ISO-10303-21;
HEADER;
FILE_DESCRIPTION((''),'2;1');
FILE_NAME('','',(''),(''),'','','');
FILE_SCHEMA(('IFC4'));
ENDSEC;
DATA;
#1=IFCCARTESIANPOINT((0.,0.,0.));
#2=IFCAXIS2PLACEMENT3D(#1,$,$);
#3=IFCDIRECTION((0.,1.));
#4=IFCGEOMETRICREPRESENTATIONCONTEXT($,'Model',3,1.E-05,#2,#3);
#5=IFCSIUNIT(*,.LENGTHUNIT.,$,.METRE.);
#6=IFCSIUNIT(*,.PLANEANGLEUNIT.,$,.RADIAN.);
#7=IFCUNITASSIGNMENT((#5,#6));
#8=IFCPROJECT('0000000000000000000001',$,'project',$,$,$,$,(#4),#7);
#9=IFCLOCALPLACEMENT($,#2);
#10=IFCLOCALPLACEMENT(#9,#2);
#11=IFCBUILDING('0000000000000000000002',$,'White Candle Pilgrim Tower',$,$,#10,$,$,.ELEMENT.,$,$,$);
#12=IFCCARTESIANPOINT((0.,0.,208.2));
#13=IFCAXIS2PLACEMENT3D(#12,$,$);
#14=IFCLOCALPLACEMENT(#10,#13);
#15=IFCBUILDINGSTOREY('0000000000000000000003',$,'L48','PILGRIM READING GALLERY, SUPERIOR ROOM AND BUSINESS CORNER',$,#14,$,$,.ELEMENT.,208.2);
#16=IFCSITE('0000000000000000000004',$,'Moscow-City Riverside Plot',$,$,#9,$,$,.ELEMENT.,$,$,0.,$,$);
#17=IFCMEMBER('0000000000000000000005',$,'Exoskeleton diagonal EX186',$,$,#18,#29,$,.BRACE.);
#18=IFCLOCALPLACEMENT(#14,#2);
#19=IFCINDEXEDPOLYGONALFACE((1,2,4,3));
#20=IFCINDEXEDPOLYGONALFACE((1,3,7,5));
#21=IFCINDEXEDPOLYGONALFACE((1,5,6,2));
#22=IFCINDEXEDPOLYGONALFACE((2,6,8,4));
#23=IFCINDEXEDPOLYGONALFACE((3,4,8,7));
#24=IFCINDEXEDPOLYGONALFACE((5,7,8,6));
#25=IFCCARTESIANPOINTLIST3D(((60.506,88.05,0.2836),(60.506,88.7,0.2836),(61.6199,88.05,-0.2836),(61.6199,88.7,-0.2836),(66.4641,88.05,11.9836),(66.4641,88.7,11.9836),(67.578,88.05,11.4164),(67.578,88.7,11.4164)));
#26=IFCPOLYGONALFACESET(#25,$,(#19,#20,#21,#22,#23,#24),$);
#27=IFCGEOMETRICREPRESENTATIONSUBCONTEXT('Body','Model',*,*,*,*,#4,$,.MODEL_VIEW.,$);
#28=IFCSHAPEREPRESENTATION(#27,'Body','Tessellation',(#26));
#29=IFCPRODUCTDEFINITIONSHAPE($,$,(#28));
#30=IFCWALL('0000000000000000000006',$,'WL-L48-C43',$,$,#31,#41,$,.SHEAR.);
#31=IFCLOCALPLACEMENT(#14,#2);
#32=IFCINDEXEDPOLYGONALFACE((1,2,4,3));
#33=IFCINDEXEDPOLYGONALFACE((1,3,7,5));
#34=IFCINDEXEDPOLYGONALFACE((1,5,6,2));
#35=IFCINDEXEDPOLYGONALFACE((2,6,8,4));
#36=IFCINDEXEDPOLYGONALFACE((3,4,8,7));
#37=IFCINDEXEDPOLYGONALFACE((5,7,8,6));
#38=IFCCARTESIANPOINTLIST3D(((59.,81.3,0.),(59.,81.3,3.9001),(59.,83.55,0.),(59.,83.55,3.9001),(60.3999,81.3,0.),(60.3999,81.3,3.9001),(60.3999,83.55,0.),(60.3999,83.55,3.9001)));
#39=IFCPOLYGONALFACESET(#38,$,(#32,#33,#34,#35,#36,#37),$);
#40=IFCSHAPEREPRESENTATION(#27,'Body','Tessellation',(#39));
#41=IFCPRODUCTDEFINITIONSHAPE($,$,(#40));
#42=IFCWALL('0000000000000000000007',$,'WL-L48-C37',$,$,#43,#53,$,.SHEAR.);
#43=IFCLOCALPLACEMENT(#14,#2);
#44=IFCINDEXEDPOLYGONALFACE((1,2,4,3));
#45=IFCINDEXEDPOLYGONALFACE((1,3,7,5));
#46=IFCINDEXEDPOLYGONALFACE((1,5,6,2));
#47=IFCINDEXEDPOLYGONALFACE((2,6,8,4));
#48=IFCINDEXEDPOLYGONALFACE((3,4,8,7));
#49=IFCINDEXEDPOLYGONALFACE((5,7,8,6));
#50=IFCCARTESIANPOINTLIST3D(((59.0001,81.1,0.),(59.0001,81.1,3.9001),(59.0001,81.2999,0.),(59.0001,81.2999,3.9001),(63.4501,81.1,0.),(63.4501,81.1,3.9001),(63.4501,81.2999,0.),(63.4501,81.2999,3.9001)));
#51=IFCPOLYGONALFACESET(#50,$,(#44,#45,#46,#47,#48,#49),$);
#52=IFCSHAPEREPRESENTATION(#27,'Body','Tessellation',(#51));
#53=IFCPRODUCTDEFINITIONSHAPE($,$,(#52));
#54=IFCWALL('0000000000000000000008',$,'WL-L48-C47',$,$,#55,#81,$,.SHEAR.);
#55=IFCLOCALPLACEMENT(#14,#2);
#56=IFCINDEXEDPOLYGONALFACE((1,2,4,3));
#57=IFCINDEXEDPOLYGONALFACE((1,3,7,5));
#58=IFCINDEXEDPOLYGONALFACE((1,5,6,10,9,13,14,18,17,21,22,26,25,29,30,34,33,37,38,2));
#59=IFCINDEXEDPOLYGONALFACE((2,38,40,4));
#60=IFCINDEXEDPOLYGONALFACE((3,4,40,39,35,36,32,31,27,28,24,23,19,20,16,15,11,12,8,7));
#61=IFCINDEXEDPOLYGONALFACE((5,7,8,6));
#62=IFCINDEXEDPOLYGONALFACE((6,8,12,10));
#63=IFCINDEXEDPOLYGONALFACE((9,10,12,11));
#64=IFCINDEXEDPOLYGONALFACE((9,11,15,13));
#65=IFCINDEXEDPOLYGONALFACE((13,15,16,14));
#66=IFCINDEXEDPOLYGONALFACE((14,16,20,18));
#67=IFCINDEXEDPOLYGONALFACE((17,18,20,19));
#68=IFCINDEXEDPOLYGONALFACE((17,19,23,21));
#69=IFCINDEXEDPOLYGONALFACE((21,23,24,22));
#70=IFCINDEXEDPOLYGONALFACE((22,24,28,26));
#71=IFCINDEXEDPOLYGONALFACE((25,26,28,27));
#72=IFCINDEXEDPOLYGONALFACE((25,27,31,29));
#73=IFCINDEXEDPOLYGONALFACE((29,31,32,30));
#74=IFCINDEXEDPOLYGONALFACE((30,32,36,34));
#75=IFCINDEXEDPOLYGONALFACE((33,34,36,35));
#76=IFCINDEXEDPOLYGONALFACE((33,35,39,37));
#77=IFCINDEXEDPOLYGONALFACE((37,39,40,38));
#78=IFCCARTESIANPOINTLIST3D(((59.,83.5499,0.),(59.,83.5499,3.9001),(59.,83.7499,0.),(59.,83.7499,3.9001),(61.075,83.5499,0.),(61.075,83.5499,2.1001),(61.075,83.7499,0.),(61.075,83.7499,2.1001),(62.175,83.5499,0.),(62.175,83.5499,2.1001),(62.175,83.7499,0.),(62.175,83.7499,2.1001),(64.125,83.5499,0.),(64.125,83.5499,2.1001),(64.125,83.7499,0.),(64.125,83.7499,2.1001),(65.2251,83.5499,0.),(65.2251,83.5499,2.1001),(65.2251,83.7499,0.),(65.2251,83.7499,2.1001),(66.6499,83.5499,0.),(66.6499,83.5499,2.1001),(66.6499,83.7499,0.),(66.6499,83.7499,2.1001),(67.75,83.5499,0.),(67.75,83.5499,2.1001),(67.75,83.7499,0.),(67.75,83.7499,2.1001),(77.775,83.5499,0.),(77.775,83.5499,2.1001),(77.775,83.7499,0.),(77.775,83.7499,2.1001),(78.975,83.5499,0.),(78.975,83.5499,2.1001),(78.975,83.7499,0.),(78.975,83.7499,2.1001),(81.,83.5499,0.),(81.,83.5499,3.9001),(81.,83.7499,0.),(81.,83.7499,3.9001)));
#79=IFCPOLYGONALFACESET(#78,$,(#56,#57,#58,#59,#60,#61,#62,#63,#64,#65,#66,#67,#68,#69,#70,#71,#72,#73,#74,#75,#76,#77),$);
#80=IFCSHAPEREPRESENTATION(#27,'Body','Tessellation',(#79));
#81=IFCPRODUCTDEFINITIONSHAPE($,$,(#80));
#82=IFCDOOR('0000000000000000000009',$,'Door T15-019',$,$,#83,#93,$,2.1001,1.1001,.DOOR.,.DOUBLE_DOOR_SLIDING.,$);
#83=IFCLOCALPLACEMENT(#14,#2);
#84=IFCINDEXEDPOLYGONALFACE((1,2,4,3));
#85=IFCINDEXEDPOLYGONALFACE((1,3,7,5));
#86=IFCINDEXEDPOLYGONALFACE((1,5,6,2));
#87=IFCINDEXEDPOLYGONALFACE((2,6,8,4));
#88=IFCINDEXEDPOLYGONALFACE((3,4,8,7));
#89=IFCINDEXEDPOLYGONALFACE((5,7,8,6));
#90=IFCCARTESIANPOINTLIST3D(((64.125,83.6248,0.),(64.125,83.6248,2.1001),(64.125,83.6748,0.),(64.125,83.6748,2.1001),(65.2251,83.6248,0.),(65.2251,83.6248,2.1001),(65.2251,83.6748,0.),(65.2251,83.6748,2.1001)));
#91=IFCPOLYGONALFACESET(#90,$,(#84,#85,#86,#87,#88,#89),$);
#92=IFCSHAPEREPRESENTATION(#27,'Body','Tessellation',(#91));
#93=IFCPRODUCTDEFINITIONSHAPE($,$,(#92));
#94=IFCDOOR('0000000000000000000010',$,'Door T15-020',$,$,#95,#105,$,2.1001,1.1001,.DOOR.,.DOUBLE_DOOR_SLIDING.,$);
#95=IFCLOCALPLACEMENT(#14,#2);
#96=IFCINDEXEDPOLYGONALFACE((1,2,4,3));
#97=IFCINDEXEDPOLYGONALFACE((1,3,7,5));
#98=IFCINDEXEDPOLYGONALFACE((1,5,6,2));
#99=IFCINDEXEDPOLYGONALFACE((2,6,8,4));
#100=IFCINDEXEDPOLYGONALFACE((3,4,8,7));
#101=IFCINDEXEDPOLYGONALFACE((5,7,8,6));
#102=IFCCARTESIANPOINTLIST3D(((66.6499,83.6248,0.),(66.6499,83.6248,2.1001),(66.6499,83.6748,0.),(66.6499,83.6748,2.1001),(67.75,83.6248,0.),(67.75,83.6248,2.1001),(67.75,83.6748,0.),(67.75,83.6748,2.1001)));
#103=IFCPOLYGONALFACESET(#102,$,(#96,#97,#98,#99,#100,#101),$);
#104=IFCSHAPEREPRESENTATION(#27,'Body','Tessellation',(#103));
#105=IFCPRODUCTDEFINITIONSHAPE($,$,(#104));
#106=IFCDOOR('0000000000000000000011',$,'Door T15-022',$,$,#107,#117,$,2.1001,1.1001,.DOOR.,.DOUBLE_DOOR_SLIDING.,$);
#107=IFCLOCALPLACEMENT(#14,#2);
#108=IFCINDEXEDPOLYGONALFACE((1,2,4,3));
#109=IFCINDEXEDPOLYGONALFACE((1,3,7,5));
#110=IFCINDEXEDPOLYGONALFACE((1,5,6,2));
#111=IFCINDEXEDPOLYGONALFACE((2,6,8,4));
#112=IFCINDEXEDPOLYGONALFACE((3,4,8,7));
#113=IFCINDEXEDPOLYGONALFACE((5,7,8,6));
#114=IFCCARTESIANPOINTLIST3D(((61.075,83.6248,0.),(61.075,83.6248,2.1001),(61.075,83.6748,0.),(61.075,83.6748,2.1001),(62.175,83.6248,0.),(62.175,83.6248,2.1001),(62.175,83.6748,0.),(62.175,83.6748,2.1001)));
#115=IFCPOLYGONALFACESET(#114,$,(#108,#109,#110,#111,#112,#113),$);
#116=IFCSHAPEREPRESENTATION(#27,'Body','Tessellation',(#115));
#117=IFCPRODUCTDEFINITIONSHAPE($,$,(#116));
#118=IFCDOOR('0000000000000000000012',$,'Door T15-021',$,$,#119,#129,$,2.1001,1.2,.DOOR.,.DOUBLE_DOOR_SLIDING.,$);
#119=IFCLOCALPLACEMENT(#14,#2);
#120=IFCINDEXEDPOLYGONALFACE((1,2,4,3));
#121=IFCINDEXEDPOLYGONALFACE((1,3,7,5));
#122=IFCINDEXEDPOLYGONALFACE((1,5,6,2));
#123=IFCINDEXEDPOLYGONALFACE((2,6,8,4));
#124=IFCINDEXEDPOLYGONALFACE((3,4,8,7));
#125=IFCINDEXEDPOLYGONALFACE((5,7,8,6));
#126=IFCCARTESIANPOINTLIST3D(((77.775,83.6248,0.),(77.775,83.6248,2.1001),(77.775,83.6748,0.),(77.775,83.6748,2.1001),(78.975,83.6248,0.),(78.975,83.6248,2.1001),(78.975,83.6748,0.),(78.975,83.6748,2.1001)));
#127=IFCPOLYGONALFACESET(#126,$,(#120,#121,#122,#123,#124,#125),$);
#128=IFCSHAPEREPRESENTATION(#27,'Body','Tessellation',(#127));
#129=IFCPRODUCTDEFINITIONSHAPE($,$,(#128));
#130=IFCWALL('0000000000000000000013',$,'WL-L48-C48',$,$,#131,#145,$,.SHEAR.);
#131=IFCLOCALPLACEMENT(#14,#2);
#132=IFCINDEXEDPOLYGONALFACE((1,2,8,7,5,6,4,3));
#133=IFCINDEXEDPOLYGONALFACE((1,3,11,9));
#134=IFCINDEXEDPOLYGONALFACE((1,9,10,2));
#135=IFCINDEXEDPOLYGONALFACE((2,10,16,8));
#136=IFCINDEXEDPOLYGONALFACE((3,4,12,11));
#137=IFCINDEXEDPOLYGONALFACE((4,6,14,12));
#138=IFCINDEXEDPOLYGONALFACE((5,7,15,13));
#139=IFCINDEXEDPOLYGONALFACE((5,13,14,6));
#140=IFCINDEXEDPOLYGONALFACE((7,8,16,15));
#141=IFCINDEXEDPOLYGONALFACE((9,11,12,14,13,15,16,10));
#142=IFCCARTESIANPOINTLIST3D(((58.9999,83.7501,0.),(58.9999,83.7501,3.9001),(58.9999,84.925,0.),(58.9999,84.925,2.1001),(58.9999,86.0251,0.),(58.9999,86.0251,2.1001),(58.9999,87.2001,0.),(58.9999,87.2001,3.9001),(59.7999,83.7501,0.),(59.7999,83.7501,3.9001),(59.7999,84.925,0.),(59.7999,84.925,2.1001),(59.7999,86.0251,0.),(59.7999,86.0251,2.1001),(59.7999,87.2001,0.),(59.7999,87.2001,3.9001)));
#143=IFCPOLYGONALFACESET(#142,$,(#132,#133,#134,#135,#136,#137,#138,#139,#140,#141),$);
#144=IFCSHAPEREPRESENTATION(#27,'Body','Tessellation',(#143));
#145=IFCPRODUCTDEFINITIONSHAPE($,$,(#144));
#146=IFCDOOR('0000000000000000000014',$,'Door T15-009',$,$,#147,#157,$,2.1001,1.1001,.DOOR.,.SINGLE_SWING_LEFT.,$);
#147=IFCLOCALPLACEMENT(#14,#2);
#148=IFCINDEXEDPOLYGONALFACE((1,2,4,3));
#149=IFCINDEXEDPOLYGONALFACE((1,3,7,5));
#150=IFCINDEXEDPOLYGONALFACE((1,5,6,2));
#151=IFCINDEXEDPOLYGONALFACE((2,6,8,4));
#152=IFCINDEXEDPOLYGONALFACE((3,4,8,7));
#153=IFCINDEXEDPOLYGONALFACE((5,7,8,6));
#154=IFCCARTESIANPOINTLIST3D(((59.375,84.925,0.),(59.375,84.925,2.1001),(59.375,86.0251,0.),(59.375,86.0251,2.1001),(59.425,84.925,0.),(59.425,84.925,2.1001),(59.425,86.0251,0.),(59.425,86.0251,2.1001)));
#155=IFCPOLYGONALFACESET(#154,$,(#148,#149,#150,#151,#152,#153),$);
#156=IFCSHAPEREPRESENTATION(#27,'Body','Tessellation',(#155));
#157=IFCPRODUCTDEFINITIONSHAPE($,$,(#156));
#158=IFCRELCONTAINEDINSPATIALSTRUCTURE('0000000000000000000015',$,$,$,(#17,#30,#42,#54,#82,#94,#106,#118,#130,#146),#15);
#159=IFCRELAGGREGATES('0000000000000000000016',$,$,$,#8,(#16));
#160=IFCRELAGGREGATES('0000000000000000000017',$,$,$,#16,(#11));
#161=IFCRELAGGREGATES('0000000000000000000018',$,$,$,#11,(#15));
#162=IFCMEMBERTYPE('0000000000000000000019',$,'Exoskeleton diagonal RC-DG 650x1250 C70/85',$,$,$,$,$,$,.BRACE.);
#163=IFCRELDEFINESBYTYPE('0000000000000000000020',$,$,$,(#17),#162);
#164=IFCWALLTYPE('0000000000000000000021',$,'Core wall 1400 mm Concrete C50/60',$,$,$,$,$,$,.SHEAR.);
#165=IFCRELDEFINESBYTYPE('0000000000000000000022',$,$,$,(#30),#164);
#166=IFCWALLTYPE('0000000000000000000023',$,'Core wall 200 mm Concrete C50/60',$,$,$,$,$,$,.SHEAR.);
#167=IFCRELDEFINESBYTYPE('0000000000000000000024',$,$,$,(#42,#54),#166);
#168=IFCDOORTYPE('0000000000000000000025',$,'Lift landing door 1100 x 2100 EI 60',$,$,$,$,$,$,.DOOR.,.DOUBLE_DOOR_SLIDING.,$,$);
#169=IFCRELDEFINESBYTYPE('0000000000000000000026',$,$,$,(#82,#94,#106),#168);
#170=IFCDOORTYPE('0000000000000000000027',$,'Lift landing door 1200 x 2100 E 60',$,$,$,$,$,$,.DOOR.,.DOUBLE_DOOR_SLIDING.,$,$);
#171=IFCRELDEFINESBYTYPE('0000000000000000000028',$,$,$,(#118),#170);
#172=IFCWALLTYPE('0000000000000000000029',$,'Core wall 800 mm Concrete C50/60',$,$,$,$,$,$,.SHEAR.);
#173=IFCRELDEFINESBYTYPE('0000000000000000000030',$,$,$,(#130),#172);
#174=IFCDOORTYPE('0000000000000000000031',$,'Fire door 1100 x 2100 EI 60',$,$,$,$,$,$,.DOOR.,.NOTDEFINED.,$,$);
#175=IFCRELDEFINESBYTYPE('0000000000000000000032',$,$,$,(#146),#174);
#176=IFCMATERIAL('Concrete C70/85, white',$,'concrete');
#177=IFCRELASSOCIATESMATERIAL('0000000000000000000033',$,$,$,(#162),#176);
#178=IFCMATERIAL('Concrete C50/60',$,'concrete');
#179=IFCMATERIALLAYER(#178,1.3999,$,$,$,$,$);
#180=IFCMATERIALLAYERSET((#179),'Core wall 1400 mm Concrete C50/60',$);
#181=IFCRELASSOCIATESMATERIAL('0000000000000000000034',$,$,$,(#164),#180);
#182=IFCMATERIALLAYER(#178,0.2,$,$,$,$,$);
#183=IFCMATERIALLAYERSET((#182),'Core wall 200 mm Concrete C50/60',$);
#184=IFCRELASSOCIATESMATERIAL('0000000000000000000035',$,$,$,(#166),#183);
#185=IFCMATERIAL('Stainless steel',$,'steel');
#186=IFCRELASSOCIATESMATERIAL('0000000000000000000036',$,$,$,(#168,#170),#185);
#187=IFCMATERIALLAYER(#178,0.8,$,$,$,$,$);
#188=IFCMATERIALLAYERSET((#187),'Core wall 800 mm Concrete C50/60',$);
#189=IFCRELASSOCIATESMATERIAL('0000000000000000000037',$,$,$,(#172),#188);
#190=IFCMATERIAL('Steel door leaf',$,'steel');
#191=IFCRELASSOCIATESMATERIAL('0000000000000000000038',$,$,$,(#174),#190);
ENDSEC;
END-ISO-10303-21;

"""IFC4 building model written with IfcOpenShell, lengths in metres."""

from ifc_helpers import new_model, si_unit, direction, frame, frame_2d, origin, origin_2d, place, context, subcontext, project, spatial, rectangle, extrude, material, layer, layer_set, material_profile, profile_set, type_object, element, fill, save


model = new_model("IFC4")

# Units and contexts
model_context = context("Model", 3, precision=1e-05, world=origin(), true_north=direction((0.0, 1.0)))
body_context = subcontext(model_context, "Body", "Model", "MODEL_VIEW")
ifc_project = project(units=[si_unit("LENGTHUNIT", "METRE"), si_unit("PLANEANGLEUNIT", "RADIAN")], contexts=[model_context])

# Site, building, storey
site_placement = place(None, origin())
site = spatial("IfcSite", under=ifc_project, at=site_placement, Name="Moscow-City Riverside Plot", CompositionType="ELEMENT", RefElevation=0.0)
building_placement = place(site_placement, origin())
building = spatial("IfcBuilding", under=site, at=building_placement, Name="White Candle Pilgrim Tower", CompositionType="ELEMENT")
storey_placement = place(building_placement, frame((0.0, 0.0, 208.2)))
storey = spatial("IfcBuildingStorey", under=building, at=storey_placement, Name="L48", Description="PILGRIM READING GALLERY, SUPERIOR ROOM AND BUSINESS CORNER", CompositionType="ELEMENT", Elevation=208.2)

# Member
ifc_material_1 = material(Name="Concrete C70/85, white", Category="concrete")
ifc_material_profile = material_profile(ifc_material_1, rectangle(XDim=0.6499, YDim=1.25, at=origin_2d()), Name="RC-DG 650x1250")
ifc_profile_set = profile_set([ifc_material_profile], Name="Concrete C70/85, white")
member_type = type_object("IfcMemberType", Name="Exoskeleton diagonal RC-DG 650x1250 C70/85", PredefinedType="BRACE", material=ifc_profile_set)
member_placement = place(storey_placement, frame((61.063, 88.375, 0.0), z_axis=(0.453784, 0.0, 0.891112), x_axis=(0.0, 1.0, 0.0)))
element("IfcMember", 1, at=member_placement, inside=storey, type_object=member_type, Name="Exoskeleton diagonal EX186", PredefinedType="BRACE", context=body_context, shape_type="SweptSolid", body=[
    extrude(rectangle(XDim=0.6499, YDim=1.25, at=origin_2d()), origin(), (0.0, 0.0, 1.0), 13.1296),
])

# Walls
ifc_material_2 = material(Name="Concrete C50/60", Category="concrete")
ifc_layer_1 = layer(ifc_material_2, 1.3999)
ifc_layer_set_1 = layer_set([ifc_layer_1], Name="Core wall 1400 mm Concrete C50/60")
wall_type_1 = type_object("IfcWallType", Name="Core wall 1400 mm Concrete C50/60", PredefinedType="SHEAR", material=ifc_layer_set_1)
wall_1_placement = place(storey_placement, frame((59.7, 81.3, 0.0), z_axis=(0.0, 0.0, 1.0), x_axis=(0.0, 1.0, 0.0)))
element("IfcWall", 2, at=wall_1_placement, inside=storey, type_object=wall_type_1, Name="WL-L48-C43", PredefinedType="SHEAR", context=body_context, shape_type="SweptSolid", body=[
    extrude(rectangle(XDim=2.25, YDim=1.3999, at=frame_2d((1.125, 0.0))), origin(), (0.0, 0.0, 1.0), 3.9001),
])
ifc_layer_2 = layer(ifc_material_2, 0.2)
ifc_layer_set_2 = layer_set([ifc_layer_2], Name="Core wall 200 mm Concrete C50/60")
wall_type_2 = type_object("IfcWallType", Name="Core wall 200 mm Concrete C50/60", PredefinedType="SHEAR", material=ifc_layer_set_2)
wall_2_placement = place(storey_placement, frame((59.0, 81.2, 0.0), z_axis=(0.0, 0.0, 1.0), x_axis=(1.0, 0.0, 0.0)))
element("IfcWall", 3, at=wall_2_placement, inside=storey, type_object=wall_type_2, Name="WL-L48-C37", PredefinedType="SHEAR", context=body_context, shape_type="SweptSolid", body=[
    extrude(rectangle(XDim=4.45, YDim=0.2, at=frame_2d((2.2251, 0.0))), origin(), (0.0, 0.0, 1.0), 3.9001),
])

# Wall, openings, doors
wall_3_placement = place(storey_placement, frame((59.0, 83.6499, 0.0), z_axis=(0.0, 0.0, 1.0), x_axis=(1.0, 0.0, 0.0)))
wall_3 = element("IfcWall", 4, at=wall_3_placement, inside=storey, type_object=wall_type_2, Name="WL-L48-C47", PredefinedType="SHEAR", context=body_context, shape_type="SweptSolid", body=[
    extrude(rectangle(XDim=22.0, YDim=0.2, at=frame_2d((11.0, 0.0))), origin(), (0.0, 0.0, 1.0), 3.9001),
])
opening_1_placement = place(wall_3_placement, frame((5.125, 0.0, 0.0)))
opening_1 = element("IfcOpeningElement", 5, at=opening_1_placement, cuts=wall_3, PredefinedType="OPENING", context=body_context, shape_type="SweptSolid", body=[
    extrude(rectangle(XDim=1.1001, YDim=2.1001, at=frame_2d((0.55, 1.05))), frame((0.0, 0.1099, 0.0), z_axis=(0.0, -1.0, 0.0), x_axis=(1.0, 0.0, 0.0)), (0.0, 0.0, 1.0), 0.22),
])
opening_2_placement = place(wall_3_placement, frame((7.6499, 0.0, 0.0)))
opening_2 = element("IfcOpeningElement", 6, at=opening_2_placement, cuts=wall_3, PredefinedType="OPENING", context=body_context, shape_type="SweptSolid", body=[
    extrude(rectangle(XDim=1.1001, YDim=2.1001, at=frame_2d((0.55, 1.05))), frame((0.0, 0.1099, 0.0), z_axis=(0.0, -1.0, 0.0), x_axis=(1.0, 0.0, 0.0)), (0.0, 0.0, 1.0), 0.22),
])
opening_3_placement = place(wall_3_placement, frame((18.7749, 0.0, 0.0)))
opening_3 = element("IfcOpeningElement", 7, at=opening_3_placement, cuts=wall_3, PredefinedType="OPENING", context=body_context, shape_type="SweptSolid", body=[
    extrude(rectangle(XDim=1.2, YDim=2.1001, at=frame_2d((0.6001, 1.05))), frame((0.0, 0.1099, 0.0), z_axis=(0.0, -1.0, 0.0), x_axis=(1.0, 0.0, 0.0)), (0.0, 0.0, 1.0), 0.22),
])
opening_4_placement = place(wall_3_placement, frame((2.075, 0.0, 0.0)))
opening_4 = element("IfcOpeningElement", 8, at=opening_4_placement, cuts=wall_3, PredefinedType="OPENING", context=body_context, shape_type="SweptSolid", body=[
    extrude(rectangle(XDim=1.1001, YDim=2.1001, at=frame_2d((0.55, 1.05))), frame((0.0, 0.1099, 0.0), z_axis=(0.0, -1.0, 0.0), x_axis=(1.0, 0.0, 0.0)), (0.0, 0.0, 1.0), 0.22),
])
ifc_material_3 = material(Name="Stainless steel", Category="steel")
door_type_1 = type_object("IfcDoorType", Name="Lift landing door 1100 x 2100 EI 60", OperationType="DOUBLE_DOOR_SLIDING", PredefinedType="DOOR", material=ifc_material_3)
door_1_placement = place(opening_1_placement, origin())
door_1 = element("IfcDoor", 9, at=door_1_placement, inside=storey, type_object=door_type_1, Name="Door T15-019", OperationType="DOUBLE_DOOR_SLIDING", OverallHeight=2.1001, OverallWidth=1.1001, PredefinedType="DOOR", context=body_context, shape_type="SweptSolid", body=[
    extrude(rectangle(XDim=1.1001, YDim=2.1001, at=frame_2d((0.55, 1.05))), frame((0.0, 0.0249, 0.0), z_axis=(0.0, -1.0, 0.0), x_axis=(1.0, 0.0, 0.0)), (0.0, 0.0, 1.0), 0.05),
])
fill(opening_1, door_1)
door_2_placement = place(opening_2_placement, origin())
door_2 = element("IfcDoor", 10, at=door_2_placement, inside=storey, type_object=door_type_1, Name="Door T15-020", OperationType="DOUBLE_DOOR_SLIDING", OverallHeight=2.1001, OverallWidth=1.1001, PredefinedType="DOOR", context=body_context, shape_type="SweptSolid", body=[
    extrude(rectangle(XDim=1.1001, YDim=2.1001, at=frame_2d((0.55, 1.05))), frame((0.0, 0.0249, 0.0), z_axis=(0.0, -1.0, 0.0), x_axis=(1.0, 0.0, 0.0)), (0.0, 0.0, 1.0), 0.05),
])
fill(opening_2, door_2)
door_3_placement = place(opening_4_placement, origin())
door_3 = element("IfcDoor", 11, at=door_3_placement, inside=storey, type_object=door_type_1, Name="Door T15-022", OperationType="DOUBLE_DOOR_SLIDING", OverallHeight=2.1001, OverallWidth=1.1001, PredefinedType="DOOR", context=body_context, shape_type="SweptSolid", body=[
    extrude(rectangle(XDim=1.1001, YDim=2.1001, at=frame_2d((0.55, 1.05))), frame((0.0, 0.0249, 0.0), z_axis=(0.0, -1.0, 0.0), x_axis=(1.0, 0.0, 0.0)), (0.0, 0.0, 1.0), 0.05),
])
fill(opening_4, door_3)
door_type_2 = type_object("IfcDoorType", Name="Lift landing door 1200 x 2100 E 60", OperationType="DOUBLE_DOOR_SLIDING", PredefinedType="DOOR", material=ifc_material_3)
door_4_placement = place(opening_3_placement, origin())
door_4 = element("IfcDoor", 12, at=door_4_placement, inside=storey, type_object=door_type_2, Name="Door T15-021", OperationType="DOUBLE_DOOR_SLIDING", OverallHeight=2.1001, OverallWidth=1.2, PredefinedType="DOOR", context=body_context, shape_type="SweptSolid", body=[
    extrude(rectangle(XDim=1.2, YDim=2.1001, at=frame_2d((0.6001, 1.05))), frame((0.0, 0.0249, 0.0), z_axis=(0.0, -1.0, 0.0), x_axis=(1.0, 0.0, 0.0)), (0.0, 0.0, 1.0), 0.05),
])
fill(opening_3, door_4)

# Wall, opening, door
ifc_layer_3 = layer(ifc_material_2, 0.8)
ifc_layer_set_3 = layer_set([ifc_layer_3], Name="Core wall 800 mm Concrete C50/60")
wall_type_3 = type_object("IfcWallType", Name="Core wall 800 mm Concrete C50/60", PredefinedType="SHEAR", material=ifc_layer_set_3)
wall_4_placement = place(storey_placement, frame((59.3999, 83.75, 0.0), z_axis=(0.0, 0.0, 1.0), x_axis=(0.0, 1.0, 0.0)))
wall_4 = element("IfcWall", 13, at=wall_4_placement, inside=storey, type_object=wall_type_3, Name="WL-L48-C48", PredefinedType="SHEAR", context=body_context, shape_type="SweptSolid", body=[
    extrude(rectangle(XDim=3.45, YDim=0.8, at=frame_2d((1.7251, 0.0))), origin(), (0.0, 0.0, 1.0), 3.9001),
])
opening_5_placement = place(wall_4_placement, frame((1.175, 0.0, 0.0)))
opening_5 = element("IfcOpeningElement", 14, at=opening_5_placement, cuts=wall_4, PredefinedType="OPENING", context=body_context, shape_type="SweptSolid", body=[
    extrude(rectangle(XDim=1.1001, YDim=2.1001, at=frame_2d((0.55, 1.05))), frame((0.0, 0.4099, 0.0), z_axis=(0.0, -1.0, 0.0), x_axis=(1.0, 0.0, 0.0)), (0.0, 0.0, 1.0), 0.8201),
])
ifc_material_4 = material(Name="Steel door leaf", Category="steel")
door_type_3 = type_object("IfcDoorType", Name="Fire door 1100 x 2100 EI 60", OperationType="NOTDEFINED", PredefinedType="DOOR", material=ifc_material_4)
door_5_placement = place(opening_5_placement, origin())
door_5 = element("IfcDoor", 15, at=door_5_placement, inside=storey, type_object=door_type_3, Name="Door T15-009", OperationType="SINGLE_SWING_LEFT", OverallHeight=2.1001, OverallWidth=1.1001, PredefinedType="DOOR", context=body_context, shape_type="SweptSolid", body=[
    extrude(rectangle(XDim=1.1001, YDim=2.1001, at=frame_2d((0.55, 1.05))), frame((0.0, 0.0249, 0.0), z_axis=(0.0, -1.0, 0.0), x_axis=(1.0, 0.0, 0.0)), (0.0, 0.0, 1.0), 0.05),
])
fill(opening_5, door_5)

save(model, "model.ifc")
